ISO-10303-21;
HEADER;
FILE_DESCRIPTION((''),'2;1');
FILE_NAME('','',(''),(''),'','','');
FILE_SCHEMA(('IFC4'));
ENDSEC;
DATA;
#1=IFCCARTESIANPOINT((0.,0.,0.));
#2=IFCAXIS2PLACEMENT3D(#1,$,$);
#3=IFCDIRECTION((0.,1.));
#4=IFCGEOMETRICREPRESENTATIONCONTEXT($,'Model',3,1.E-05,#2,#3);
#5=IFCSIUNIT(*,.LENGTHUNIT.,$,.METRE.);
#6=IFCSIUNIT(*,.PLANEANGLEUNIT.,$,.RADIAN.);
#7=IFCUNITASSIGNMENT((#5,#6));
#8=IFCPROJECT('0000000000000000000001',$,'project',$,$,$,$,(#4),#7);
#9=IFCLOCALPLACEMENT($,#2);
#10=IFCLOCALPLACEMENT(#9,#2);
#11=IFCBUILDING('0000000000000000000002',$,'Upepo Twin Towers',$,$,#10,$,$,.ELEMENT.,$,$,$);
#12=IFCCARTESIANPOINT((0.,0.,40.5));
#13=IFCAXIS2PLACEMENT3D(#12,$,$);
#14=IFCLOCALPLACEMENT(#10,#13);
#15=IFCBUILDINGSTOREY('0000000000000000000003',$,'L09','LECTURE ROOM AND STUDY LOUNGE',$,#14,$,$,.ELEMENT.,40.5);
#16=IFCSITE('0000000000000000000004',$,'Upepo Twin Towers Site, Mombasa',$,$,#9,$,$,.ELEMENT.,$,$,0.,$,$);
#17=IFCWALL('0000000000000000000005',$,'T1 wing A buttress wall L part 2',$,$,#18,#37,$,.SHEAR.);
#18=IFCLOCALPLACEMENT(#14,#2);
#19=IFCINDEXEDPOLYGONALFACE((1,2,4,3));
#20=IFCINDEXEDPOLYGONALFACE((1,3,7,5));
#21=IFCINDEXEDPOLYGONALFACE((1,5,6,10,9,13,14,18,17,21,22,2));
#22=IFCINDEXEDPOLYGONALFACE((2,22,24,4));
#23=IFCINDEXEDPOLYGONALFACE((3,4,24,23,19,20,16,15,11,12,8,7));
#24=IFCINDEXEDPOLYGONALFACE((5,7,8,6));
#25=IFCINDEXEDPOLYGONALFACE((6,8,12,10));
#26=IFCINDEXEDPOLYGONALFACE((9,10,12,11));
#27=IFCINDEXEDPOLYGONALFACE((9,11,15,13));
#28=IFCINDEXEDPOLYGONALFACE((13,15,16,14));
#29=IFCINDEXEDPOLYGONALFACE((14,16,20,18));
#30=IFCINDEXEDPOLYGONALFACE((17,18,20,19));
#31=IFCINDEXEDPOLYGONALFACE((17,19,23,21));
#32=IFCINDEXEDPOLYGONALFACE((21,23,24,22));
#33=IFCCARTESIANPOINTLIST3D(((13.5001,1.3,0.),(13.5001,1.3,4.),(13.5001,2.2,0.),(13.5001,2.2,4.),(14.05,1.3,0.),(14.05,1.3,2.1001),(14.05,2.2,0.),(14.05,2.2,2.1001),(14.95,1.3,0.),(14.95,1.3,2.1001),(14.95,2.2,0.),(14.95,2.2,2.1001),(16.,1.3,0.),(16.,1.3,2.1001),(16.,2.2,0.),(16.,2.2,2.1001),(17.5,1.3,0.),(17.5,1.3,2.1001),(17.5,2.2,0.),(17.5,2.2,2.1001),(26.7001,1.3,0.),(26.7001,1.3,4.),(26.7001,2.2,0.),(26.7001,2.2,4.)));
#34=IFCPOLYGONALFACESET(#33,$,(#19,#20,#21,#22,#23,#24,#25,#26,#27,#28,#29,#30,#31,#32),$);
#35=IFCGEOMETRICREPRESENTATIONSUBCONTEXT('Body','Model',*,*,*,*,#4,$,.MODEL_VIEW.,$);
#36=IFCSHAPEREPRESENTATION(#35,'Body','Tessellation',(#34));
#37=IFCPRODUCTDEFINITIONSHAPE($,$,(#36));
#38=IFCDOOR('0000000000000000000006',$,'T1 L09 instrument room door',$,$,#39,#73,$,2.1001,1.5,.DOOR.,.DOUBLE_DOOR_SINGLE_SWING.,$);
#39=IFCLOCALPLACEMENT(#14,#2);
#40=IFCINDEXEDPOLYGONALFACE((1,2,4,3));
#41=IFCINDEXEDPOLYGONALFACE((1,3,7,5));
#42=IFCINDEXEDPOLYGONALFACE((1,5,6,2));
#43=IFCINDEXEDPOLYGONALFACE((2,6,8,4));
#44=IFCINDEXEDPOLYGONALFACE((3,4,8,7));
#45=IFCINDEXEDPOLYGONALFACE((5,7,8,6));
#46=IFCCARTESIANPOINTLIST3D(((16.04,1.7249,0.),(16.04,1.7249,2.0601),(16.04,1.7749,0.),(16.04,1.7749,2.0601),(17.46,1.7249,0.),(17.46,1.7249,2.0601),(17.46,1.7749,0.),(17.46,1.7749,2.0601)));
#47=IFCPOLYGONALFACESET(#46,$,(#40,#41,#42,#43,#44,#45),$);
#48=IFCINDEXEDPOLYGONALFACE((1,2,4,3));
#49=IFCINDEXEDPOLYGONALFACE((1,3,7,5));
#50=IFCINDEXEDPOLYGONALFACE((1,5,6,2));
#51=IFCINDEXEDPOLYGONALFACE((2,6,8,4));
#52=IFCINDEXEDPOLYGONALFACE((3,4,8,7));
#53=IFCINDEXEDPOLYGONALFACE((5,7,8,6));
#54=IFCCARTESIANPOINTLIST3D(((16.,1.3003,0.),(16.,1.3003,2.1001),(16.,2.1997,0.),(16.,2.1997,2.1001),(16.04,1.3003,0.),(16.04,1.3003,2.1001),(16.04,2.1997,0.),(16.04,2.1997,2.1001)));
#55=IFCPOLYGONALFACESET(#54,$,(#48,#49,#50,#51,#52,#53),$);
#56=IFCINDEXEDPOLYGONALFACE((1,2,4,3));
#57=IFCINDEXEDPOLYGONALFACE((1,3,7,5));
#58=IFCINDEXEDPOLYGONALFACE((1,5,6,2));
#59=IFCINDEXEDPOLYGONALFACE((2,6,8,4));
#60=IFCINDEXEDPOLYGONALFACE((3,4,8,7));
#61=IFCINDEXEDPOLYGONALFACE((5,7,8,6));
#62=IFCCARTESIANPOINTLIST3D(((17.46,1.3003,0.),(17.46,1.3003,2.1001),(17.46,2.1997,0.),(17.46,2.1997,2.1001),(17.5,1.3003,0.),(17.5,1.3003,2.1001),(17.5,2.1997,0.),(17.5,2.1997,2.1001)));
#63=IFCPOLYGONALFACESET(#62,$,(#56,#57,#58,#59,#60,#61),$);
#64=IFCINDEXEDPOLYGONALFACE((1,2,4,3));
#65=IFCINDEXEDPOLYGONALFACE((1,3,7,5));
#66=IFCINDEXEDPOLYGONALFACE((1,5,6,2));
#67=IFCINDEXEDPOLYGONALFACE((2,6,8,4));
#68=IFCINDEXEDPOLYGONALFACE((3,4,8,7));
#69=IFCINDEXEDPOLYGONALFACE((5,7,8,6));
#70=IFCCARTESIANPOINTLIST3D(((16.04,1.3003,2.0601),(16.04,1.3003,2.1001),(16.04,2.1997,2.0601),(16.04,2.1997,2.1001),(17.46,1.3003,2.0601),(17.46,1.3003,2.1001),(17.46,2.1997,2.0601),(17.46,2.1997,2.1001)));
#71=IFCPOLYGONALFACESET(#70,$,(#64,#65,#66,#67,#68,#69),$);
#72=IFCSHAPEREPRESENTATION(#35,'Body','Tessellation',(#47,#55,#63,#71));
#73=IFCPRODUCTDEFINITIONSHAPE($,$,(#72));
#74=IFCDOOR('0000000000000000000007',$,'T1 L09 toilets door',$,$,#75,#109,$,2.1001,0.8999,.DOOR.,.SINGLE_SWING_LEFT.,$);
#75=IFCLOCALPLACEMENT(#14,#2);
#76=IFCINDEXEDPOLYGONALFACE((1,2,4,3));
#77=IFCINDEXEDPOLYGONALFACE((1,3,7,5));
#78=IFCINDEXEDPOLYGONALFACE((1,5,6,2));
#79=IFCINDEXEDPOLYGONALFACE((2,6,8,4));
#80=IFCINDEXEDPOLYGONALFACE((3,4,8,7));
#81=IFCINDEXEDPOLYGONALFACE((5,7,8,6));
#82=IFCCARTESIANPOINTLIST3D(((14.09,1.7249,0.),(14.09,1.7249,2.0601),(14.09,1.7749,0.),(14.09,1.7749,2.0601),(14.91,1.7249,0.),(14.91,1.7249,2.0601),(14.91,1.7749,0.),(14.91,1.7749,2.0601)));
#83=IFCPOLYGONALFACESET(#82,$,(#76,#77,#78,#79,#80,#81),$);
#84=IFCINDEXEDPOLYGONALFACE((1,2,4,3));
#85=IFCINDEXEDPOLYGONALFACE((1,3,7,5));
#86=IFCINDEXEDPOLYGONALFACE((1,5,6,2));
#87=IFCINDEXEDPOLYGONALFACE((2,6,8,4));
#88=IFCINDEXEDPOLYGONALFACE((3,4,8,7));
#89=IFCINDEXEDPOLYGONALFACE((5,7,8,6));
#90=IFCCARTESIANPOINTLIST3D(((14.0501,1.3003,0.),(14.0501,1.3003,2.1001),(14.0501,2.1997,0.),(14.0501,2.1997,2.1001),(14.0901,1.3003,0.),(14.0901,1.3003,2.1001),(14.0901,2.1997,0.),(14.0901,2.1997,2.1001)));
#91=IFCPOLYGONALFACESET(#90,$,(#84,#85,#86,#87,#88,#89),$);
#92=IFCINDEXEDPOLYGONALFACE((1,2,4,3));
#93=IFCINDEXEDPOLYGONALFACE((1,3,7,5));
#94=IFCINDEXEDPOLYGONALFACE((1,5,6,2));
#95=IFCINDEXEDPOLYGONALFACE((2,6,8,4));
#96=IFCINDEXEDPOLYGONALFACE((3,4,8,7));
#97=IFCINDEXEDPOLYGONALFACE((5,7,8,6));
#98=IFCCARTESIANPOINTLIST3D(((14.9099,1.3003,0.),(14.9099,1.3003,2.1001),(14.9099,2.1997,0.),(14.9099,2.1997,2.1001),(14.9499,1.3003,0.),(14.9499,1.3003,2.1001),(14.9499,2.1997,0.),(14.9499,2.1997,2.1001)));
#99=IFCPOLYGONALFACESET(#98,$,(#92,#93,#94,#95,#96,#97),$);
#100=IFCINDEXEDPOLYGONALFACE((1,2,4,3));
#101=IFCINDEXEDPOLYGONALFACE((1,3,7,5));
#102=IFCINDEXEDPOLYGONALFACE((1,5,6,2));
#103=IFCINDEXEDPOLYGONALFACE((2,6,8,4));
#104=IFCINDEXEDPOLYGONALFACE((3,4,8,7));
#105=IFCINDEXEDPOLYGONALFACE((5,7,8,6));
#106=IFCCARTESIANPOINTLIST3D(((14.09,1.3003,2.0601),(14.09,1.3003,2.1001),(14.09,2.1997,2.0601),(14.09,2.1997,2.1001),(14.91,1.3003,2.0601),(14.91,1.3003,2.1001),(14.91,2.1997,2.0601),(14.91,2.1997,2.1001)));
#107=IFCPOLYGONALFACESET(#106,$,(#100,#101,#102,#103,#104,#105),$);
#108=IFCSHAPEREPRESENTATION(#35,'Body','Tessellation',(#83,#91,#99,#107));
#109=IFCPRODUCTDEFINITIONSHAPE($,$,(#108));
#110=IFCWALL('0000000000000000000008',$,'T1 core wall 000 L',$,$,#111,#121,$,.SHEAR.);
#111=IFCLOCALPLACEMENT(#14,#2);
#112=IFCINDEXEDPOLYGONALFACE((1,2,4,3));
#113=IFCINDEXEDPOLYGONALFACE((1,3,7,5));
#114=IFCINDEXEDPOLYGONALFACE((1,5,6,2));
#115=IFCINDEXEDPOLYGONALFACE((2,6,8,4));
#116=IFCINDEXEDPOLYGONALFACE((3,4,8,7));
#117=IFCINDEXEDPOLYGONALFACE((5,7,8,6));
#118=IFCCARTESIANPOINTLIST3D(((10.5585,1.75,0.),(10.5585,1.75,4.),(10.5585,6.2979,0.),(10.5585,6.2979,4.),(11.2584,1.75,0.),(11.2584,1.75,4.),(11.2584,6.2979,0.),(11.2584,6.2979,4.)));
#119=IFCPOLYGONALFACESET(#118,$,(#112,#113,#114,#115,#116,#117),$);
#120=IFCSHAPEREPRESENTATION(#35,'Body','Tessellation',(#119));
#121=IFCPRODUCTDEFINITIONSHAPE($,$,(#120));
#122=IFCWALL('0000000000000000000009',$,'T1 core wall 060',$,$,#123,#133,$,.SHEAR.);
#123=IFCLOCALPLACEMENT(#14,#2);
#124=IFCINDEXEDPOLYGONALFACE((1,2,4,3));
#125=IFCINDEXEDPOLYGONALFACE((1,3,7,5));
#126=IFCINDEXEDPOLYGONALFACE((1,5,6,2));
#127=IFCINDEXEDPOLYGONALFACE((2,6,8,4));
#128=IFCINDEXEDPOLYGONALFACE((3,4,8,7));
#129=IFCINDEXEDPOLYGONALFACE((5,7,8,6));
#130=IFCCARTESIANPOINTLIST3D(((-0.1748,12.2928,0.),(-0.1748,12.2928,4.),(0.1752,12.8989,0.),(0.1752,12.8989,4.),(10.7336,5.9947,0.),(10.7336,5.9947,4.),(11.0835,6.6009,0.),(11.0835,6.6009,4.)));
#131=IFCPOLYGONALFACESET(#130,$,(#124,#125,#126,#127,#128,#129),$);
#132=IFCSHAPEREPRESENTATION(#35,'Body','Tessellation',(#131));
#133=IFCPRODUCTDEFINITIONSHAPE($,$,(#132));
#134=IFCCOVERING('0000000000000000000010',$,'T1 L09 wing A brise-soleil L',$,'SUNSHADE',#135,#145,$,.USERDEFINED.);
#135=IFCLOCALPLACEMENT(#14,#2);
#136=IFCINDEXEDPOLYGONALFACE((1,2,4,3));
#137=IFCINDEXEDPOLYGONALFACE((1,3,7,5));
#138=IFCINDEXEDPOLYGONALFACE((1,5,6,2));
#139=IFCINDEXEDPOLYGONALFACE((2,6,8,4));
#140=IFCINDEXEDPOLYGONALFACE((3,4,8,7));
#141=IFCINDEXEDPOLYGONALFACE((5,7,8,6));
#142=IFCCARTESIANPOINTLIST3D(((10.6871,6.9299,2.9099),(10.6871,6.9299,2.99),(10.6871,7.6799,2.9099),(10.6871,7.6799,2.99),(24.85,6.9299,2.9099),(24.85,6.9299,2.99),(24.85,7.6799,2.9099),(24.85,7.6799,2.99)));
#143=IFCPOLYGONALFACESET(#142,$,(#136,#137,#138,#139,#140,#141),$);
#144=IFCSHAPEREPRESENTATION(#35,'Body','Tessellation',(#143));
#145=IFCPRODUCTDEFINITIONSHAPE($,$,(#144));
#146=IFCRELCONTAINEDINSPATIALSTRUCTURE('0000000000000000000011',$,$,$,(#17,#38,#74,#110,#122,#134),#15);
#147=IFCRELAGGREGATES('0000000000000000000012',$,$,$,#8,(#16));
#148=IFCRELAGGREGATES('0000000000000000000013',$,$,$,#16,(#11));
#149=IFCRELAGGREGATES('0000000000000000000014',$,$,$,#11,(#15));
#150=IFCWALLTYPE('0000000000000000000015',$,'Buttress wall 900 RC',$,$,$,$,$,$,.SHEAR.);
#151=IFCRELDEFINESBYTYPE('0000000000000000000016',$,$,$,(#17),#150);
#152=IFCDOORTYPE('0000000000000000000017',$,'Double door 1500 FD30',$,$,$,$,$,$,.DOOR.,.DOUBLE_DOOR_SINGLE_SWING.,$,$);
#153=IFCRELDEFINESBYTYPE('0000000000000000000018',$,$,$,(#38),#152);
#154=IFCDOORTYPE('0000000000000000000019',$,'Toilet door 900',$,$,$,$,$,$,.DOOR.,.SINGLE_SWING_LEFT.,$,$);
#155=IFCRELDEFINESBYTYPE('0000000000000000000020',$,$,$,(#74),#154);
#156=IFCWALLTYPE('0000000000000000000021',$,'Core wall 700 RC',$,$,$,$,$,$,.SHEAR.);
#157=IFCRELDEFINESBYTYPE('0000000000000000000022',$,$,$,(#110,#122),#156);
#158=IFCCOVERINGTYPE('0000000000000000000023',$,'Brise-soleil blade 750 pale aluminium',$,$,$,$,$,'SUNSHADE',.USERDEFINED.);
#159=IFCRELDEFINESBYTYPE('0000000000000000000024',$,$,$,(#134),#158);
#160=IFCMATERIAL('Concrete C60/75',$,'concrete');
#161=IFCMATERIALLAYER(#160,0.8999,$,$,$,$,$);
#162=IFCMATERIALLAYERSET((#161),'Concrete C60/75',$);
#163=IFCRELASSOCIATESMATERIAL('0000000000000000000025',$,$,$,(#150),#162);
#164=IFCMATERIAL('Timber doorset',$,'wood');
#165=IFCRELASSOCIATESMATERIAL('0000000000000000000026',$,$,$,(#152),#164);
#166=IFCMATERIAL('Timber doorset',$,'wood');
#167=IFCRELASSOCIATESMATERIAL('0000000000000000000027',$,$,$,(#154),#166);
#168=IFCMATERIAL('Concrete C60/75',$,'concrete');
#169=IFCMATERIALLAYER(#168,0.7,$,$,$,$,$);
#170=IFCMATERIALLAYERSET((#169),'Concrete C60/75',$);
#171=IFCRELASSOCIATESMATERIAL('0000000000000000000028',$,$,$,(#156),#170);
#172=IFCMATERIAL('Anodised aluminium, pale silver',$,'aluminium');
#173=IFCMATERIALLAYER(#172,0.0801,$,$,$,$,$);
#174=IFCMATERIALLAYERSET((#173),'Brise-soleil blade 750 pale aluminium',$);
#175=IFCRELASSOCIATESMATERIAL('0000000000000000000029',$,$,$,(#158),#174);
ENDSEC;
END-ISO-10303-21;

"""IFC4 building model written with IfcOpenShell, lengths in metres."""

from ifc_helpers import new_model, si_unit, direction, frame, frame_2d, origin, origin_2d, place, context, subcontext, project, spatial, rectangle, extrude, material, layer, layer_set, type_object, element, fill, save


model = new_model("IFC4")

# Units and contexts
model_context = context("Model", 3, precision=1e-05, world=origin(), true_north=direction((0.0, 1.0)))
body_context = subcontext(model_context, "Body", "Model", "MODEL_VIEW")
ifc_project = project(units=[si_unit("LENGTHUNIT", "METRE"), si_unit("PLANEANGLEUNIT", "RADIAN")], contexts=[model_context])

# Site, building, storey
site_placement = place(None, origin())
site = spatial("IfcSite", under=ifc_project, at=site_placement, Name="Upepo Twin Towers Site, Mombasa", CompositionType="ELEMENT", RefElevation=0.0)
building_placement = place(site_placement, origin())
building = spatial("IfcBuilding", under=site, at=building_placement, Name="Upepo Twin Towers", CompositionType="ELEMENT")
storey_placement = place(building_placement, frame((0.0, 0.0, 40.5)))
storey = spatial("IfcBuildingStorey", under=building, at=storey_placement, Name="L09", Description="LECTURE ROOM AND STUDY LOUNGE", CompositionType="ELEMENT", Elevation=40.5)

# Wall, openings, doors
ifc_material_1 = material(Name="Concrete C60/75", Category="concrete")
ifc_layer_1 = layer(ifc_material_1, 0.8999)
ifc_layer_set_1 = layer_set([ifc_layer_1], Name="Concrete C60/75")
wall_type_1 = type_object("IfcWallType", Name="Buttress wall 900 RC", PredefinedType="SHEAR", material=ifc_layer_set_1)
wall_1_placement = place(storey_placement, frame((13.5, 1.75, 0.0), z_axis=(0.0, 0.0, 1.0), x_axis=(1.0, 0.0, 0.0)))
wall_1 = element("IfcWall", 1, at=wall_1_placement, inside=storey, type_object=wall_type_1, Name="T1 wing A buttress wall L part 2", PredefinedType="SHEAR", context=body_context, shape_type="SweptSolid", body=[
    extrude(rectangle(XDim=13.2, YDim=0.8999, at=frame_2d((6.6001, 0.0))), origin(), (0.0, 0.0, 1.0), 4.0),
])
opening_1_placement = place(wall_1_placement, frame((0.55, 0.0, 0.0)))
opening_1 = element("IfcOpeningElement", 2, at=opening_1_placement, cuts=wall_1, PredefinedType="OPENING", context=body_context, shape_type="SweptSolid", body=[
    extrude(rectangle(XDim=0.8999, YDim=2.1001, at=frame_2d((0.45, 1.05))), frame((0.0, 0.46, 0.0), z_axis=(0.0, -1.0, 0.0), x_axis=(1.0, 0.0, 0.0)), (0.0, 0.0, 1.0), 0.9199),
])
opening_2_placement = place(wall_1_placement, frame((2.5, 0.0, 0.0)))
opening_2 = element("IfcOpeningElement", 3, at=opening_2_placement, cuts=wall_1, PredefinedType="OPENING", context=body_context, shape_type="SweptSolid", body=[
    extrude(rectangle(XDim=1.5, YDim=2.1001, at=frame_2d((0.75, 1.05))), frame((0.0, 0.46, 0.0), z_axis=(0.0, -1.0, 0.0), x_axis=(1.0, 0.0, 0.0)), (0.0, 0.0, 1.0), 0.9199),
])
ifc_material_2 = material(Name="Timber doorset", Category="wood")
door_type_1 = type_object("IfcDoorType", Name="Double door 1500 FD30", OperationType="DOUBLE_DOOR_SINGLE_SWING", PredefinedType="DOOR", material=ifc_material_2)
door_1_placement = place(opening_2_placement, origin())
door_1 = element("IfcDoor", 4, at=door_1_placement, inside=storey, type_object=door_type_1, Name="T1 L09 instrument room door", OperationType="DOUBLE_DOOR_SINGLE_SWING", OverallHeight=2.1001, OverallWidth=1.5, PredefinedType="DOOR", context=body_context, shape_type="SweptSolid", body=[
    extrude(rectangle(XDim=1.42, YDim=2.0601, at=frame_2d((0.75, 1.03))), frame((0.0, 0.0249, 0.0), z_axis=(0.0, -1.0, 0.0), x_axis=(1.0, 0.0, 0.0)), (0.0, 0.0, 1.0), 0.05),
    extrude(rectangle(XDim=0.04, YDim=2.1001, at=frame_2d((0.02, 1.05))), frame((0.0, 0.4497, 0.0), z_axis=(0.0, -1.0, 0.0), x_axis=(1.0, 0.0, 0.0)), (0.0, 0.0, 1.0), 0.8994),
    extrude(rectangle(XDim=0.04, YDim=2.1001, at=frame_2d((1.48, 1.05))), frame((0.0, 0.4497, 0.0), z_axis=(0.0, -1.0, 0.0), x_axis=(1.0, 0.0, 0.0)), (0.0, 0.0, 1.0), 0.8994),
    extrude(rectangle(XDim=1.42, YDim=0.04, at=frame_2d((0.75, 2.0801))), frame((0.0, 0.4497, 0.0), z_axis=(0.0, -1.0, 0.0), x_axis=(1.0, 0.0, 0.0)), (0.0, 0.0, 1.0), 0.8994),
])
fill(opening_2, door_1)
ifc_material_3 = material(Name="Timber doorset", Category="wood")
door_type_2 = type_object("IfcDoorType", Name="Toilet door 900", OperationType="SINGLE_SWING_LEFT", PredefinedType="DOOR", material=ifc_material_3)
door_2_placement = place(opening_1_placement, origin())
door_2 = element("IfcDoor", 5, at=door_2_placement, inside=storey, type_object=door_type_2, Name="T1 L09 toilets door", OperationType="SINGLE_SWING_LEFT", OverallHeight=2.1001, OverallWidth=0.8999, PredefinedType="DOOR", context=body_context, shape_type="SweptSolid", body=[
    extrude(rectangle(XDim=0.8199, YDim=2.0601, at=frame_2d((0.45, 1.03))), frame((0.0, 0.0249, 0.0), z_axis=(0.0, -1.0, 0.0), x_axis=(1.0, 0.0, 0.0)), (0.0, 0.0, 1.0), 0.05),
    extrude(rectangle(XDim=0.04, YDim=2.1001, at=frame_2d((0.02, 1.05))), frame((0.0, 0.4497, 0.0), z_axis=(0.0, -1.0, 0.0), x_axis=(1.0, 0.0, 0.0)), (0.0, 0.0, 1.0), 0.8994),
    extrude(rectangle(XDim=0.04, YDim=2.1001, at=frame_2d((0.8799, 1.05))), frame((0.0, 0.4497, 0.0), z_axis=(0.0, -1.0, 0.0), x_axis=(1.0, 0.0, 0.0)), (0.0, 0.0, 1.0), 0.8994),
    extrude(rectangle(XDim=0.8199, YDim=0.04, at=frame_2d((0.45, 2.0801))), frame((0.0, 0.4497, 0.0), z_axis=(0.0, -1.0, 0.0), x_axis=(1.0, 0.0, 0.0)), (0.0, 0.0, 1.0), 0.8994),
])
fill(opening_1, door_2)

# Walls
ifc_material_4 = material(Name="Concrete C60/75", Category="concrete")
ifc_layer_2 = layer(ifc_material_4, 0.7)
ifc_layer_set_2 = layer_set([ifc_layer_2], Name="Concrete C60/75")
wall_type_2 = type_object("IfcWallType", Name="Core wall 700 RC", PredefinedType="SHEAR", material=ifc_layer_set_2)
wall_2_placement = place(storey_placement, frame((10.9084, 1.75, 0.0), z_axis=(0.0, 0.0, 1.0), x_axis=(0.0, 1.0, 0.0)))
element("IfcWall", 6, at=wall_2_placement, inside=storey, type_object=wall_type_2, Name="T1 core wall 000 L", PredefinedType="SHEAR", context=body_context, shape_type="SweptSolid", body=[
    extrude(rectangle(XDim=4.5479, YDim=0.7, at=frame_2d((2.2739, 0.0))), origin(), (0.0, 0.0, 1.0), 4.0),
])
wall_3_placement = place(storey_placement, frame((10.9084, 6.2979, 0.0), z_axis=(0.0, 0.0, 1.0), x_axis=(-0.866022, 0.500006, 0.0)))
element("IfcWall", 7, at=wall_3_placement, inside=storey, type_object=wall_type_2, Name="T1 core wall 060", PredefinedType="SHEAR", context=body_context, shape_type="SweptSolid", body=[
    extrude(rectangle(XDim=12.5959, YDim=0.7, at=frame_2d((6.2979, 0.0))), origin(), (0.0, 0.0, 1.0), 4.0),
])

# Covering
ifc_material_5 = material(Name="Anodised aluminium, pale silver", Category="aluminium")
ifc_layer_3 = layer(ifc_material_5, 0.0801)
ifc_layer_set_3 = layer_set([ifc_layer_3], Name="Brise-soleil blade 750 pale aluminium")
covering_type = type_object("IfcCoveringType", Name="Brise-soleil blade 750 pale aluminium", ElementType="SUNSHADE", PredefinedType="USERDEFINED", material=ifc_layer_set_3)
covering_placement = place(storey_placement, frame((17.7686, 7.3049, 2.9099), z_axis=(0.0, 0.0, 1.0), x_axis=(1.0, 0.0, 0.0)))
element("IfcCovering", 8, at=covering_placement, inside=storey, type_object=covering_type, Name="T1 L09 wing A brise-soleil L", ObjectType="SUNSHADE", PredefinedType="USERDEFINED", context=body_context, shape_type="SweptSolid", body=[
    extrude(rectangle(XDim=14.1628, YDim=0.75, at=origin_2d()), origin(), (0.0, 0.0, 1.0), 0.0801),
])

save(model, "model.ifc")
